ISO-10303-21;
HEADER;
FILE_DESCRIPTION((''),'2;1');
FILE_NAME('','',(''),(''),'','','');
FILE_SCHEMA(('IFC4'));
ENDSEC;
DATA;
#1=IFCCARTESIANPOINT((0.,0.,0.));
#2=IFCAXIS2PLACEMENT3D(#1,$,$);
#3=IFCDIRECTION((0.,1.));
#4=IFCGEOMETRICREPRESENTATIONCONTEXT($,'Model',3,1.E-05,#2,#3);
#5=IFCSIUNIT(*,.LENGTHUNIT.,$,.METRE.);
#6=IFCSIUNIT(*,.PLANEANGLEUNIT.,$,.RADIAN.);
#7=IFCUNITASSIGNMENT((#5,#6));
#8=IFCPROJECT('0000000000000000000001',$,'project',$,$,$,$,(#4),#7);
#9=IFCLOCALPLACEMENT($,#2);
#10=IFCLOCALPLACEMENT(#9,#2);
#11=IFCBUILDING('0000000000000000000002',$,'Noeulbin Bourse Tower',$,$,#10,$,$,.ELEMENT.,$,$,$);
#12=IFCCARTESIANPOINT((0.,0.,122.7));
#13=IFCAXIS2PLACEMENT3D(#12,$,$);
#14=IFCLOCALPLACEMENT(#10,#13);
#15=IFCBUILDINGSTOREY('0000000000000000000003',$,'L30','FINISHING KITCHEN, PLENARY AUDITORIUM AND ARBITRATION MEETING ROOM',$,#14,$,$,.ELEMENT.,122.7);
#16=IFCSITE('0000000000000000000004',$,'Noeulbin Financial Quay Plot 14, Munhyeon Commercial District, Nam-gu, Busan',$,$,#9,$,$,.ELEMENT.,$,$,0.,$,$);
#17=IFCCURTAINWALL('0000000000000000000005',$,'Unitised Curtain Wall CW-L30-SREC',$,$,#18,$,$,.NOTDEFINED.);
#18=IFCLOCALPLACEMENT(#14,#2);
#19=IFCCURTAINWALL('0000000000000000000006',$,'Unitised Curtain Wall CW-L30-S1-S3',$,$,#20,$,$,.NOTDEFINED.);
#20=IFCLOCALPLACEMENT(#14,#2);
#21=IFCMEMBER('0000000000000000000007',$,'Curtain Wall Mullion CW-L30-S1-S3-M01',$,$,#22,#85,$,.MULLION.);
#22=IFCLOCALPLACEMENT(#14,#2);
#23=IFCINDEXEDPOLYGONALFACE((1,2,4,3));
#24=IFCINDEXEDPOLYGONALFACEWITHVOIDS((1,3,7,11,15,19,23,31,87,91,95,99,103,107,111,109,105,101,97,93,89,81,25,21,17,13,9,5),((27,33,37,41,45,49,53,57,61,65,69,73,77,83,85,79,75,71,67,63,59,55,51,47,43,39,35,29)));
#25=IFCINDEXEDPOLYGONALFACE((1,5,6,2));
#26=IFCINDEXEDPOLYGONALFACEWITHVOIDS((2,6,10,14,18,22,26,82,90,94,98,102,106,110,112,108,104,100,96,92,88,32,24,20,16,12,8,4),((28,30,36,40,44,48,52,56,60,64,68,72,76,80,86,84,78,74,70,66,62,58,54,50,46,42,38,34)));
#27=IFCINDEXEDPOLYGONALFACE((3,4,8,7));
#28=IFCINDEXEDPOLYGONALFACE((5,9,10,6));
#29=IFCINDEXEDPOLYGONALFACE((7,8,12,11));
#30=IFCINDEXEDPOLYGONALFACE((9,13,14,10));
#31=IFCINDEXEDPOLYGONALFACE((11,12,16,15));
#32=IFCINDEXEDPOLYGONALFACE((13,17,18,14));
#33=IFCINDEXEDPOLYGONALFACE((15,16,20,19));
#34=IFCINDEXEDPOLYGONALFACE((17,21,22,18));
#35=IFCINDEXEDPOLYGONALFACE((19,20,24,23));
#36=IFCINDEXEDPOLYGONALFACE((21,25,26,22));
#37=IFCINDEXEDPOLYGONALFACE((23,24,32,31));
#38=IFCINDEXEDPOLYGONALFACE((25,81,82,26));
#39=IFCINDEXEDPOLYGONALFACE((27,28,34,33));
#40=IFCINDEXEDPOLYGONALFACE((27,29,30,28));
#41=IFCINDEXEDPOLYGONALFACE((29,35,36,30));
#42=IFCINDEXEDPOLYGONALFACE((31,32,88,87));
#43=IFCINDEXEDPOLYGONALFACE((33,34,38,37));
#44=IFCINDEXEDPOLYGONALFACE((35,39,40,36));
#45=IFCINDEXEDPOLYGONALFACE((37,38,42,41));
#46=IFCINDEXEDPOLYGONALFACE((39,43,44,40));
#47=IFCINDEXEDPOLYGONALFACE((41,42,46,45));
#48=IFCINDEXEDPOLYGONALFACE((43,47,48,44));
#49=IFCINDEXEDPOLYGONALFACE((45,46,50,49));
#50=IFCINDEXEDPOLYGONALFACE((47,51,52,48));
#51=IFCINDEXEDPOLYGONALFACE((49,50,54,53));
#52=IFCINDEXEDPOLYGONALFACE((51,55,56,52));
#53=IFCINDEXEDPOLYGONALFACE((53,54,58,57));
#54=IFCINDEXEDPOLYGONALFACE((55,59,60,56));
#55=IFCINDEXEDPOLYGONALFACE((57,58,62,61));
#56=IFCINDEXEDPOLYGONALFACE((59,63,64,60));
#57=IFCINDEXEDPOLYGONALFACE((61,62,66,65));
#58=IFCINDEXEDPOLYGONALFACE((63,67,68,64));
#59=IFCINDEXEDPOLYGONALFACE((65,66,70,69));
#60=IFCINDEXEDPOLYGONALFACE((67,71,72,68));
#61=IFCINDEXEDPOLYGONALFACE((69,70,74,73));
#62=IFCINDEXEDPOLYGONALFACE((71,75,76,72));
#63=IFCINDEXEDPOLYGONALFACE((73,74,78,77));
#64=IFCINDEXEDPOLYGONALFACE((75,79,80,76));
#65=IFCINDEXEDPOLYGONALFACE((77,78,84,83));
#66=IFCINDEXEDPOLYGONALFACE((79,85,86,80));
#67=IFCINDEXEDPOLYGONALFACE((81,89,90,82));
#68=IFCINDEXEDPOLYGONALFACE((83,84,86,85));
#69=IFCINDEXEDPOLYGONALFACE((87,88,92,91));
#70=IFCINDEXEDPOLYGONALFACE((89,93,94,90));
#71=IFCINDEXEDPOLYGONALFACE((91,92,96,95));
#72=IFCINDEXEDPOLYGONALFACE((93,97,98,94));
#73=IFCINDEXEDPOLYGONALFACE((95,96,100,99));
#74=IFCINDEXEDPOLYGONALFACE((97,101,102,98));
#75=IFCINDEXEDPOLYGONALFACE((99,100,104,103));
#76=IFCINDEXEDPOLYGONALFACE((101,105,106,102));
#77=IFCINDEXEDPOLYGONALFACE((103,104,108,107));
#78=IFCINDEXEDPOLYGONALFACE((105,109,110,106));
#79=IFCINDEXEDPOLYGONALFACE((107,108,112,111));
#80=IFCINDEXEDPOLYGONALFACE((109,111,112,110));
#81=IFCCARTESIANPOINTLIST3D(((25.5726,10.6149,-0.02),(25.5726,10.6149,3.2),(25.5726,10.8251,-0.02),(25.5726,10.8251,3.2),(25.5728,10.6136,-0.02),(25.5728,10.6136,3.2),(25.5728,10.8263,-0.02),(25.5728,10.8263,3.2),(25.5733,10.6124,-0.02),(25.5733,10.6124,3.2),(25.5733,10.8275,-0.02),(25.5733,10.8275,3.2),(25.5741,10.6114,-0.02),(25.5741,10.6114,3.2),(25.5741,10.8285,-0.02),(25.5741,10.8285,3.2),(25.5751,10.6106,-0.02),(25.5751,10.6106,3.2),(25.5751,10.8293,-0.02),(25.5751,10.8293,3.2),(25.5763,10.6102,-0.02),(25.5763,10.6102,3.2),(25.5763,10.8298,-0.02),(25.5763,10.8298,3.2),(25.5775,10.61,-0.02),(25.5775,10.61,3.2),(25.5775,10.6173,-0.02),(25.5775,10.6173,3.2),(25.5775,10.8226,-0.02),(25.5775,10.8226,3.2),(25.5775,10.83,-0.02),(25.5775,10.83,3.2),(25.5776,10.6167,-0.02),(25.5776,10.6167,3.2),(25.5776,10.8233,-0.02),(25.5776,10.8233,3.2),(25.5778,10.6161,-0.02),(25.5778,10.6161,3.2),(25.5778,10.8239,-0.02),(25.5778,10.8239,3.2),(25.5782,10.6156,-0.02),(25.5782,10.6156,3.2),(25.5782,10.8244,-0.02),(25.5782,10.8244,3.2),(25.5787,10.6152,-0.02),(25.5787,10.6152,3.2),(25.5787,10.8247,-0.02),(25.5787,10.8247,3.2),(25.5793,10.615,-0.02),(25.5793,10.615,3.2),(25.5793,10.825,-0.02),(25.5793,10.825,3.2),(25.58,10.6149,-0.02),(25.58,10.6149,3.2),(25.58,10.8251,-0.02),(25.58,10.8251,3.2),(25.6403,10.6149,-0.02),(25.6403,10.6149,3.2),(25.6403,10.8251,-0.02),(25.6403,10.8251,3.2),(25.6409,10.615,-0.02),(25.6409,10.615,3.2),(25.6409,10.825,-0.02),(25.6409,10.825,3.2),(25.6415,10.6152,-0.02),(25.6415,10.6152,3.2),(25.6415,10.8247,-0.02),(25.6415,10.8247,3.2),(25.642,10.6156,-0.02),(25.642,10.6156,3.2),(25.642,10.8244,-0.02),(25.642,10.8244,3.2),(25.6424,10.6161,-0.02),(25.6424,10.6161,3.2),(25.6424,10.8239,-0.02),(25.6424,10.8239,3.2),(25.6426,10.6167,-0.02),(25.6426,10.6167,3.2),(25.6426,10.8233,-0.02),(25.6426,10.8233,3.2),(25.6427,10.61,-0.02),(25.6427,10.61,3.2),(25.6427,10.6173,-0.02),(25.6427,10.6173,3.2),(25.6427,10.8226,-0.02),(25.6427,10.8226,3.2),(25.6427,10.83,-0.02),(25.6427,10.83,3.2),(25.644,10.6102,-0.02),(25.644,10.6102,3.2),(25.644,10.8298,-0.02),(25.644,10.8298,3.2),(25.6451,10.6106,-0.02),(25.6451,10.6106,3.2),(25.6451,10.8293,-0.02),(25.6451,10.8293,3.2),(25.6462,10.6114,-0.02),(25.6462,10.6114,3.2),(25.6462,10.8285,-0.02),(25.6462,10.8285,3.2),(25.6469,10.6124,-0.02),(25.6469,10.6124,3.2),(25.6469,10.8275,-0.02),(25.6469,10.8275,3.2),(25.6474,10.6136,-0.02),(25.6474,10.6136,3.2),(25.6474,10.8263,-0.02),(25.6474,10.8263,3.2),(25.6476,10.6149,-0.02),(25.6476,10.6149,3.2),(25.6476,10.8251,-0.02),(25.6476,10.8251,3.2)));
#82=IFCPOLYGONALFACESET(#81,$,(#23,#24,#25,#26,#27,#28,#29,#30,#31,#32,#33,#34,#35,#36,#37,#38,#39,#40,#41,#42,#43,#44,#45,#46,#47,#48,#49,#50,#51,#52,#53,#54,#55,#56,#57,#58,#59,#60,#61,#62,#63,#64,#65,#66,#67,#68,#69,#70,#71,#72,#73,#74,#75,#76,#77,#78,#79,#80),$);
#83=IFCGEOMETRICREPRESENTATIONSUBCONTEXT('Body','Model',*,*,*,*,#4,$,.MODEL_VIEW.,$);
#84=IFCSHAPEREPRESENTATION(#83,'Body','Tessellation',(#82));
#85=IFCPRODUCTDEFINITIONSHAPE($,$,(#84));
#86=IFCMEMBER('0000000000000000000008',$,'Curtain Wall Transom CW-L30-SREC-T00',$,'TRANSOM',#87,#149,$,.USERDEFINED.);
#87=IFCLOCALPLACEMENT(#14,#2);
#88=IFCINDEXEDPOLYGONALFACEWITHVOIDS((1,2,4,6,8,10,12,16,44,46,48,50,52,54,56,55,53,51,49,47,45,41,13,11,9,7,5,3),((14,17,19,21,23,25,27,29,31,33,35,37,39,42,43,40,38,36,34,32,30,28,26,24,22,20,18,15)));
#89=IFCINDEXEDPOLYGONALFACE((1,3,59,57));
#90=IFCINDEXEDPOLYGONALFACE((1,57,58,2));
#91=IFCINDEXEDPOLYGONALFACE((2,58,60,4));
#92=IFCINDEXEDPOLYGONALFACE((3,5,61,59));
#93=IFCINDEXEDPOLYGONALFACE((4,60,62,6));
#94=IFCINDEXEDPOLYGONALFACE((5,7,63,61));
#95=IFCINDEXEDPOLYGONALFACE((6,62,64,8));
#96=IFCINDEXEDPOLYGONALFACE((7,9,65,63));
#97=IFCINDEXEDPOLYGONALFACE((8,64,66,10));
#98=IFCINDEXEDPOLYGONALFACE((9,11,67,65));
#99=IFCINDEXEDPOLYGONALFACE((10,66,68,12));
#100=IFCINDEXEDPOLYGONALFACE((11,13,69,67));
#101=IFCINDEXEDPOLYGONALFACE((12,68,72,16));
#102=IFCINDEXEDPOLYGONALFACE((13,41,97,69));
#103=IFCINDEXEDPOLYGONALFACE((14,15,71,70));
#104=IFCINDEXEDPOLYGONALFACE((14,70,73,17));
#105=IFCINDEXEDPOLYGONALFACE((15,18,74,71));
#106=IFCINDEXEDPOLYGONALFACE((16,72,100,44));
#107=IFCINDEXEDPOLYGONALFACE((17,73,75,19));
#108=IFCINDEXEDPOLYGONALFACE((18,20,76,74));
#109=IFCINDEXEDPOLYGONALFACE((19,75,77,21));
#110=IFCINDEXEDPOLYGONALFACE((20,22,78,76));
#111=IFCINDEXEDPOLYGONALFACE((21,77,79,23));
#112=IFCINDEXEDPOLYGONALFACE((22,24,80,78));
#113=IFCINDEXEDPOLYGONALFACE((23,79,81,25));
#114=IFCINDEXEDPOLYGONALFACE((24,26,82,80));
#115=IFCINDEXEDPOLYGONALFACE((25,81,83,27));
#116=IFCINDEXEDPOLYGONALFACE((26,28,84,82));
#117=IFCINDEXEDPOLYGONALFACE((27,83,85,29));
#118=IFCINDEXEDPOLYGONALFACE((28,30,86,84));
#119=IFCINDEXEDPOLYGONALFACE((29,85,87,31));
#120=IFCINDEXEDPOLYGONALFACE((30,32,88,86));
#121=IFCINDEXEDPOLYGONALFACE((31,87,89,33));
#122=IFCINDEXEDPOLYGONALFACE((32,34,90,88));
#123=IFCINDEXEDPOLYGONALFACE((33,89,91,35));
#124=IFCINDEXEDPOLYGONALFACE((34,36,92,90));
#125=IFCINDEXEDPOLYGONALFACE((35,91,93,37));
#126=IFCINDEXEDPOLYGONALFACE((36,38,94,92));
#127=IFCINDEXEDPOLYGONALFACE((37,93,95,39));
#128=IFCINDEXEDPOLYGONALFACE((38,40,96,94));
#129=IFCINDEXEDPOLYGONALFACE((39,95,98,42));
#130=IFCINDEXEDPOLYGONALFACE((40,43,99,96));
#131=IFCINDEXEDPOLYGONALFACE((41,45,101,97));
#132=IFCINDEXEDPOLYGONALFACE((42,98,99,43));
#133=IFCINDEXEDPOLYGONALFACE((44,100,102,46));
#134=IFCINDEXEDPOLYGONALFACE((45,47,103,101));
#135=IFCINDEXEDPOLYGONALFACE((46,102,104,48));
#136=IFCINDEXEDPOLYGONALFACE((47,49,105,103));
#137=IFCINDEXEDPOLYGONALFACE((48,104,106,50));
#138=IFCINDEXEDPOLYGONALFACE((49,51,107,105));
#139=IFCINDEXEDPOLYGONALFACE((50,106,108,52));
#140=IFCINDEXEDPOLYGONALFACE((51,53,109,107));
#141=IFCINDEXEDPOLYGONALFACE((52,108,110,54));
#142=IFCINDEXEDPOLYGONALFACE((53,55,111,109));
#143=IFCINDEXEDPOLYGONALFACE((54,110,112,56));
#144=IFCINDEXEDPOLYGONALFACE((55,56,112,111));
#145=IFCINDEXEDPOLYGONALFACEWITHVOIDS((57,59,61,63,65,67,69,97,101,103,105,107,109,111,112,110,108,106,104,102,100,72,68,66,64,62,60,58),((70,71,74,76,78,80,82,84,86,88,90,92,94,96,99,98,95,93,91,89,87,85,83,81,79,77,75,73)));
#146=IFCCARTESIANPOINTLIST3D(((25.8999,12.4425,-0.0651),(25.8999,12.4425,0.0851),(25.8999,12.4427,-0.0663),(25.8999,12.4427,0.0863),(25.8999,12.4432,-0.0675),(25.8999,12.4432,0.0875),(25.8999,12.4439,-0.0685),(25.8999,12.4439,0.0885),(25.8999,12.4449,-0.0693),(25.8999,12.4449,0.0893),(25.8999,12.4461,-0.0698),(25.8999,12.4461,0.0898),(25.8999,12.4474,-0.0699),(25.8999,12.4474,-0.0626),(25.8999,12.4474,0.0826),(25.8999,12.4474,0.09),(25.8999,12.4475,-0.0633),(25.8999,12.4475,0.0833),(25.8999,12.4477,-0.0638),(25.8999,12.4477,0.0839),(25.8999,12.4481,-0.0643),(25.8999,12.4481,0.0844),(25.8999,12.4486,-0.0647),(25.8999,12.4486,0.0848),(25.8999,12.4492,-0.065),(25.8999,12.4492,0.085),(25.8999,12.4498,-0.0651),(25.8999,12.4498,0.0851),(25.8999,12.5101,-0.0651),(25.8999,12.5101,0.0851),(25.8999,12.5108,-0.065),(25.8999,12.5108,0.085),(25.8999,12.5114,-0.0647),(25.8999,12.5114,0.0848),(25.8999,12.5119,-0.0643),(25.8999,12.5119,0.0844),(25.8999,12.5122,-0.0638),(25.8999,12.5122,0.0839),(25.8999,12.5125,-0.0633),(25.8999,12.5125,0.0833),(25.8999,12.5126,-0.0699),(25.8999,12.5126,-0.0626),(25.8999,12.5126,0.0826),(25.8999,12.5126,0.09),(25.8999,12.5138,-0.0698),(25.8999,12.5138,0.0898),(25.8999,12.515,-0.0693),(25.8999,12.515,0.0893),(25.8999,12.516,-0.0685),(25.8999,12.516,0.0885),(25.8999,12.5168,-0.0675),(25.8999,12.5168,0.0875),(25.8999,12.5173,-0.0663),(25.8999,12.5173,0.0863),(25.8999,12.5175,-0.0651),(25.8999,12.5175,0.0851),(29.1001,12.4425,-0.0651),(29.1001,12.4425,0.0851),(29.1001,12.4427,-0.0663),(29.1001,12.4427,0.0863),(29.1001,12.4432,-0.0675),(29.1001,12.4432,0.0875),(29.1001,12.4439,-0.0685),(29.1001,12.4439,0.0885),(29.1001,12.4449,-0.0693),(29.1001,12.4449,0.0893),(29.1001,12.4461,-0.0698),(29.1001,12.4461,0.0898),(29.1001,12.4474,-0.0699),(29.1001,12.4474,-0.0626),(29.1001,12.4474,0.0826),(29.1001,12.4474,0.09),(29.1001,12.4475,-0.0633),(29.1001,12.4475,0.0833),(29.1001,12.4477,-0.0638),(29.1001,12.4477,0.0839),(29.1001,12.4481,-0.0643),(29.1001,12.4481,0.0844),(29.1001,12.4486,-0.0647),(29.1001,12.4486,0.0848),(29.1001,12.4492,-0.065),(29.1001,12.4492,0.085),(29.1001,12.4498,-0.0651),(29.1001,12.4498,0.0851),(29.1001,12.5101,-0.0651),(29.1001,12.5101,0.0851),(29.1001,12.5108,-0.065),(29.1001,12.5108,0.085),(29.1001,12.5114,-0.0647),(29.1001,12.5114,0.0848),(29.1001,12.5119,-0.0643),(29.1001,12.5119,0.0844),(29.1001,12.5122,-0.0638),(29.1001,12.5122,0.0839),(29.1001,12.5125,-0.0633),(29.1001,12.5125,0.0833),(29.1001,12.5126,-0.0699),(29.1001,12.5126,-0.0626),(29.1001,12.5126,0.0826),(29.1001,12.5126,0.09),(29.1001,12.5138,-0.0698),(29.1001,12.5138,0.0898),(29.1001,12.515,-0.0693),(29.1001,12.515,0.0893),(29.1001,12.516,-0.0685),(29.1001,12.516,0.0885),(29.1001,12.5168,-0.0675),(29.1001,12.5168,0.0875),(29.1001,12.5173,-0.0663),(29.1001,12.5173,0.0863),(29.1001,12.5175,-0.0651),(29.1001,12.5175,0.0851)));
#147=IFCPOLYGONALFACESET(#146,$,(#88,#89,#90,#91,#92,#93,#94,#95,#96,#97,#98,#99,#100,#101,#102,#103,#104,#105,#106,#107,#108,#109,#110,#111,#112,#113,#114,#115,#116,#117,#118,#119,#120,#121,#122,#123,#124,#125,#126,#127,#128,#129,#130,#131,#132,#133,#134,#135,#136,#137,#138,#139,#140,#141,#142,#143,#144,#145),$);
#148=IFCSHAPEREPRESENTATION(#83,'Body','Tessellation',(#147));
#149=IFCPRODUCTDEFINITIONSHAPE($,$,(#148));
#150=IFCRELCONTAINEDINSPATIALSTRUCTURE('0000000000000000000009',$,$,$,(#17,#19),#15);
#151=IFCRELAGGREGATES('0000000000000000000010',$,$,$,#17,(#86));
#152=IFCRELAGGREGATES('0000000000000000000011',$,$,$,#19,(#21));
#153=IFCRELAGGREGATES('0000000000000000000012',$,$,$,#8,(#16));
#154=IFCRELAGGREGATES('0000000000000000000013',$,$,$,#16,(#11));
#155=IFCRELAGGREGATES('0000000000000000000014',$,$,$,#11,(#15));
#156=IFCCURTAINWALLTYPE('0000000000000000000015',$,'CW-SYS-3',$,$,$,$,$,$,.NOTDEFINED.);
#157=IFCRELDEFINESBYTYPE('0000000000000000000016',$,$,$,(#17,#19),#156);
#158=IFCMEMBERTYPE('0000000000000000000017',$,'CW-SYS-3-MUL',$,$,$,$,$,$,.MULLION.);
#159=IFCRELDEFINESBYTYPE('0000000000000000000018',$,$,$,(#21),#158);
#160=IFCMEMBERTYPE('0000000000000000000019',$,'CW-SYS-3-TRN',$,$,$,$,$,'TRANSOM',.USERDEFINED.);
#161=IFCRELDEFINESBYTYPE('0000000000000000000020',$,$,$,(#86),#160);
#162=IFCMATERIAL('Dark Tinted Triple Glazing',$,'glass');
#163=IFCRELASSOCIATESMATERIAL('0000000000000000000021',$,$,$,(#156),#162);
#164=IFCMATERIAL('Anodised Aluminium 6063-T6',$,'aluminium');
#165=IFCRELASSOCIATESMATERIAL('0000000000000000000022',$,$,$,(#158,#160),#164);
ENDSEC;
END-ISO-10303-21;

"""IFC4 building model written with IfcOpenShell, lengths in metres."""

from ifc_helpers import new_model, si_unit, direction, frame, origin, origin_2d, place, context, subcontext, project, spatial, hollow_rectangle, extrude, material, material_profile, profile_set, type_object, element, aggregate, save


model = new_model("IFC4")

# Units and contexts
model_context = context("Model", 3, precision=1e-05, world=origin(), true_north=direction((0.0, 1.0)))
body_context = subcontext(model_context, "Body", "Model", "MODEL_VIEW")
ifc_project = project(units=[si_unit("LENGTHUNIT", "METRE"), si_unit("PLANEANGLEUNIT", "RADIAN")], contexts=[model_context])

# Site, building, storey
site_placement = place(None, origin())
site = spatial("IfcSite", under=ifc_project, at=site_placement, Name="Noeulbin Financial Quay Plot 14, Munhyeon Commercial District, Nam-gu, Busan", CompositionType="ELEMENT", RefElevation=0.0)
building_placement = place(site_placement, origin())
building = spatial("IfcBuilding", under=site, at=building_placement, Name="Noeulbin Bourse Tower", CompositionType="ELEMENT")
storey_placement = place(building_placement, frame((0.0, 0.0, 122.7)))
storey = spatial("IfcBuildingStorey", under=building, at=storey_placement, Name="L30", Description="FINISHING KITCHEN, PLENARY AUDITORIUM AND ARBITRATION MEETING ROOM", CompositionType="ELEMENT", Elevation=122.7)

# Curtain wall
ifc_material_1 = material(Name="Dark Tinted Triple Glazing", Category="glass")
curtain_wall_type = type_object("IfcCurtainWallType", Name="CW-SYS-3", PredefinedType="NOTDEFINED", material=ifc_material_1)
curtain_wall_1_placement = place(storey_placement, origin())
curtain_wall_1 = element("IfcCurtainWall", 1, at=curtain_wall_1_placement, inside=storey, type_object=curtain_wall_type, Name="Unitised Curtain Wall CW-L30-SREC", PredefinedType="NOTDEFINED")
ifc_material_2 = material(Name="Anodised Aluminium 6063-T6", Category="aluminium")
ifc_material_profile_1 = material_profile(ifc_material_2, hollow_rectangle(XDim=0.075, YDim=0.22, WallThickness=0.0049, InnerFilletRadius=0.0024, OuterFilletRadius=0.0049, at=origin_2d()), Name="ALU-MULL-75x220x5", Category="LoadBearing")
ifc_profile_set_1 = profile_set([ifc_material_profile_1], Name="Anodised Aluminium 6063-T6")
member_type_1 = type_object("IfcMemberType", Name="CW-SYS-3-MUL", PredefinedType="MULLION", material=ifc_profile_set_1)

# Curtain wall, member
curtain_wall_2_placement = place(storey_placement, origin())
curtain_wall_2 = element("IfcCurtainWall", 2, at=curtain_wall_2_placement, inside=storey, type_object=curtain_wall_type, Name="Unitised Curtain Wall CW-L30-S1-S3", PredefinedType="NOTDEFINED")
member_1_placement = place(storey_placement, frame((25.6101, 10.72, -0.02), z_axis=(0.0, 0.0, 1.0), x_axis=(1.0, 0.0, 0.0)))
member_1 = element("IfcMember", 3, at=member_1_placement, type_object=member_type_1, Name="Curtain Wall Mullion CW-L30-S1-S3-M01", PredefinedType="MULLION", context=body_context, shape_type="SweptSolid", body=[
    extrude(hollow_rectangle(XDim=0.075, YDim=0.22, WallThickness=0.0049, InnerFilletRadius=0.0024, OuterFilletRadius=0.0049, at=origin_2d()), origin(), (0.0, 0.0, 1.0), 3.22),
])

# Member
ifc_material_profile_2 = material_profile(ifc_material_2, hollow_rectangle(XDim=0.075, YDim=0.1599, WallThickness=0.0049, InnerFilletRadius=0.0024, OuterFilletRadius=0.0049, at=origin_2d()), Name="ALU-TRAN-75x160x5", Category="LoadBearing")
ifc_profile_set_2 = profile_set([ifc_material_profile_2], Name="Anodised Aluminium 6063-T6")
member_type_2 = type_object("IfcMemberType", Name="CW-SYS-3-TRN", ElementType="TRANSOM", PredefinedType="USERDEFINED", material=ifc_profile_set_2)
member_2_placement = place(storey_placement, frame((25.8999, 12.48, 0.01), z_axis=(1.0, 0.0, 0.0), x_axis=(0.0, 1.0, 0.0)))
member_2 = element("IfcMember", 4, at=member_2_placement, type_object=member_type_2, Name="Curtain Wall Transom CW-L30-SREC-T00", ObjectType="TRANSOM", PredefinedType="USERDEFINED", context=body_context, shape_type="SweptSolid", body=[
    extrude(hollow_rectangle(XDim=0.075, YDim=0.1599, WallThickness=0.0049, InnerFilletRadius=0.0024, OuterFilletRadius=0.0049, at=origin_2d()), origin(), (0.0, 0.0, 1.0), 3.2002),
])
aggregate(curtain_wall_1, [member_2])

aggregate(curtain_wall_2, [member_1])

save(model, "model.ifc")
